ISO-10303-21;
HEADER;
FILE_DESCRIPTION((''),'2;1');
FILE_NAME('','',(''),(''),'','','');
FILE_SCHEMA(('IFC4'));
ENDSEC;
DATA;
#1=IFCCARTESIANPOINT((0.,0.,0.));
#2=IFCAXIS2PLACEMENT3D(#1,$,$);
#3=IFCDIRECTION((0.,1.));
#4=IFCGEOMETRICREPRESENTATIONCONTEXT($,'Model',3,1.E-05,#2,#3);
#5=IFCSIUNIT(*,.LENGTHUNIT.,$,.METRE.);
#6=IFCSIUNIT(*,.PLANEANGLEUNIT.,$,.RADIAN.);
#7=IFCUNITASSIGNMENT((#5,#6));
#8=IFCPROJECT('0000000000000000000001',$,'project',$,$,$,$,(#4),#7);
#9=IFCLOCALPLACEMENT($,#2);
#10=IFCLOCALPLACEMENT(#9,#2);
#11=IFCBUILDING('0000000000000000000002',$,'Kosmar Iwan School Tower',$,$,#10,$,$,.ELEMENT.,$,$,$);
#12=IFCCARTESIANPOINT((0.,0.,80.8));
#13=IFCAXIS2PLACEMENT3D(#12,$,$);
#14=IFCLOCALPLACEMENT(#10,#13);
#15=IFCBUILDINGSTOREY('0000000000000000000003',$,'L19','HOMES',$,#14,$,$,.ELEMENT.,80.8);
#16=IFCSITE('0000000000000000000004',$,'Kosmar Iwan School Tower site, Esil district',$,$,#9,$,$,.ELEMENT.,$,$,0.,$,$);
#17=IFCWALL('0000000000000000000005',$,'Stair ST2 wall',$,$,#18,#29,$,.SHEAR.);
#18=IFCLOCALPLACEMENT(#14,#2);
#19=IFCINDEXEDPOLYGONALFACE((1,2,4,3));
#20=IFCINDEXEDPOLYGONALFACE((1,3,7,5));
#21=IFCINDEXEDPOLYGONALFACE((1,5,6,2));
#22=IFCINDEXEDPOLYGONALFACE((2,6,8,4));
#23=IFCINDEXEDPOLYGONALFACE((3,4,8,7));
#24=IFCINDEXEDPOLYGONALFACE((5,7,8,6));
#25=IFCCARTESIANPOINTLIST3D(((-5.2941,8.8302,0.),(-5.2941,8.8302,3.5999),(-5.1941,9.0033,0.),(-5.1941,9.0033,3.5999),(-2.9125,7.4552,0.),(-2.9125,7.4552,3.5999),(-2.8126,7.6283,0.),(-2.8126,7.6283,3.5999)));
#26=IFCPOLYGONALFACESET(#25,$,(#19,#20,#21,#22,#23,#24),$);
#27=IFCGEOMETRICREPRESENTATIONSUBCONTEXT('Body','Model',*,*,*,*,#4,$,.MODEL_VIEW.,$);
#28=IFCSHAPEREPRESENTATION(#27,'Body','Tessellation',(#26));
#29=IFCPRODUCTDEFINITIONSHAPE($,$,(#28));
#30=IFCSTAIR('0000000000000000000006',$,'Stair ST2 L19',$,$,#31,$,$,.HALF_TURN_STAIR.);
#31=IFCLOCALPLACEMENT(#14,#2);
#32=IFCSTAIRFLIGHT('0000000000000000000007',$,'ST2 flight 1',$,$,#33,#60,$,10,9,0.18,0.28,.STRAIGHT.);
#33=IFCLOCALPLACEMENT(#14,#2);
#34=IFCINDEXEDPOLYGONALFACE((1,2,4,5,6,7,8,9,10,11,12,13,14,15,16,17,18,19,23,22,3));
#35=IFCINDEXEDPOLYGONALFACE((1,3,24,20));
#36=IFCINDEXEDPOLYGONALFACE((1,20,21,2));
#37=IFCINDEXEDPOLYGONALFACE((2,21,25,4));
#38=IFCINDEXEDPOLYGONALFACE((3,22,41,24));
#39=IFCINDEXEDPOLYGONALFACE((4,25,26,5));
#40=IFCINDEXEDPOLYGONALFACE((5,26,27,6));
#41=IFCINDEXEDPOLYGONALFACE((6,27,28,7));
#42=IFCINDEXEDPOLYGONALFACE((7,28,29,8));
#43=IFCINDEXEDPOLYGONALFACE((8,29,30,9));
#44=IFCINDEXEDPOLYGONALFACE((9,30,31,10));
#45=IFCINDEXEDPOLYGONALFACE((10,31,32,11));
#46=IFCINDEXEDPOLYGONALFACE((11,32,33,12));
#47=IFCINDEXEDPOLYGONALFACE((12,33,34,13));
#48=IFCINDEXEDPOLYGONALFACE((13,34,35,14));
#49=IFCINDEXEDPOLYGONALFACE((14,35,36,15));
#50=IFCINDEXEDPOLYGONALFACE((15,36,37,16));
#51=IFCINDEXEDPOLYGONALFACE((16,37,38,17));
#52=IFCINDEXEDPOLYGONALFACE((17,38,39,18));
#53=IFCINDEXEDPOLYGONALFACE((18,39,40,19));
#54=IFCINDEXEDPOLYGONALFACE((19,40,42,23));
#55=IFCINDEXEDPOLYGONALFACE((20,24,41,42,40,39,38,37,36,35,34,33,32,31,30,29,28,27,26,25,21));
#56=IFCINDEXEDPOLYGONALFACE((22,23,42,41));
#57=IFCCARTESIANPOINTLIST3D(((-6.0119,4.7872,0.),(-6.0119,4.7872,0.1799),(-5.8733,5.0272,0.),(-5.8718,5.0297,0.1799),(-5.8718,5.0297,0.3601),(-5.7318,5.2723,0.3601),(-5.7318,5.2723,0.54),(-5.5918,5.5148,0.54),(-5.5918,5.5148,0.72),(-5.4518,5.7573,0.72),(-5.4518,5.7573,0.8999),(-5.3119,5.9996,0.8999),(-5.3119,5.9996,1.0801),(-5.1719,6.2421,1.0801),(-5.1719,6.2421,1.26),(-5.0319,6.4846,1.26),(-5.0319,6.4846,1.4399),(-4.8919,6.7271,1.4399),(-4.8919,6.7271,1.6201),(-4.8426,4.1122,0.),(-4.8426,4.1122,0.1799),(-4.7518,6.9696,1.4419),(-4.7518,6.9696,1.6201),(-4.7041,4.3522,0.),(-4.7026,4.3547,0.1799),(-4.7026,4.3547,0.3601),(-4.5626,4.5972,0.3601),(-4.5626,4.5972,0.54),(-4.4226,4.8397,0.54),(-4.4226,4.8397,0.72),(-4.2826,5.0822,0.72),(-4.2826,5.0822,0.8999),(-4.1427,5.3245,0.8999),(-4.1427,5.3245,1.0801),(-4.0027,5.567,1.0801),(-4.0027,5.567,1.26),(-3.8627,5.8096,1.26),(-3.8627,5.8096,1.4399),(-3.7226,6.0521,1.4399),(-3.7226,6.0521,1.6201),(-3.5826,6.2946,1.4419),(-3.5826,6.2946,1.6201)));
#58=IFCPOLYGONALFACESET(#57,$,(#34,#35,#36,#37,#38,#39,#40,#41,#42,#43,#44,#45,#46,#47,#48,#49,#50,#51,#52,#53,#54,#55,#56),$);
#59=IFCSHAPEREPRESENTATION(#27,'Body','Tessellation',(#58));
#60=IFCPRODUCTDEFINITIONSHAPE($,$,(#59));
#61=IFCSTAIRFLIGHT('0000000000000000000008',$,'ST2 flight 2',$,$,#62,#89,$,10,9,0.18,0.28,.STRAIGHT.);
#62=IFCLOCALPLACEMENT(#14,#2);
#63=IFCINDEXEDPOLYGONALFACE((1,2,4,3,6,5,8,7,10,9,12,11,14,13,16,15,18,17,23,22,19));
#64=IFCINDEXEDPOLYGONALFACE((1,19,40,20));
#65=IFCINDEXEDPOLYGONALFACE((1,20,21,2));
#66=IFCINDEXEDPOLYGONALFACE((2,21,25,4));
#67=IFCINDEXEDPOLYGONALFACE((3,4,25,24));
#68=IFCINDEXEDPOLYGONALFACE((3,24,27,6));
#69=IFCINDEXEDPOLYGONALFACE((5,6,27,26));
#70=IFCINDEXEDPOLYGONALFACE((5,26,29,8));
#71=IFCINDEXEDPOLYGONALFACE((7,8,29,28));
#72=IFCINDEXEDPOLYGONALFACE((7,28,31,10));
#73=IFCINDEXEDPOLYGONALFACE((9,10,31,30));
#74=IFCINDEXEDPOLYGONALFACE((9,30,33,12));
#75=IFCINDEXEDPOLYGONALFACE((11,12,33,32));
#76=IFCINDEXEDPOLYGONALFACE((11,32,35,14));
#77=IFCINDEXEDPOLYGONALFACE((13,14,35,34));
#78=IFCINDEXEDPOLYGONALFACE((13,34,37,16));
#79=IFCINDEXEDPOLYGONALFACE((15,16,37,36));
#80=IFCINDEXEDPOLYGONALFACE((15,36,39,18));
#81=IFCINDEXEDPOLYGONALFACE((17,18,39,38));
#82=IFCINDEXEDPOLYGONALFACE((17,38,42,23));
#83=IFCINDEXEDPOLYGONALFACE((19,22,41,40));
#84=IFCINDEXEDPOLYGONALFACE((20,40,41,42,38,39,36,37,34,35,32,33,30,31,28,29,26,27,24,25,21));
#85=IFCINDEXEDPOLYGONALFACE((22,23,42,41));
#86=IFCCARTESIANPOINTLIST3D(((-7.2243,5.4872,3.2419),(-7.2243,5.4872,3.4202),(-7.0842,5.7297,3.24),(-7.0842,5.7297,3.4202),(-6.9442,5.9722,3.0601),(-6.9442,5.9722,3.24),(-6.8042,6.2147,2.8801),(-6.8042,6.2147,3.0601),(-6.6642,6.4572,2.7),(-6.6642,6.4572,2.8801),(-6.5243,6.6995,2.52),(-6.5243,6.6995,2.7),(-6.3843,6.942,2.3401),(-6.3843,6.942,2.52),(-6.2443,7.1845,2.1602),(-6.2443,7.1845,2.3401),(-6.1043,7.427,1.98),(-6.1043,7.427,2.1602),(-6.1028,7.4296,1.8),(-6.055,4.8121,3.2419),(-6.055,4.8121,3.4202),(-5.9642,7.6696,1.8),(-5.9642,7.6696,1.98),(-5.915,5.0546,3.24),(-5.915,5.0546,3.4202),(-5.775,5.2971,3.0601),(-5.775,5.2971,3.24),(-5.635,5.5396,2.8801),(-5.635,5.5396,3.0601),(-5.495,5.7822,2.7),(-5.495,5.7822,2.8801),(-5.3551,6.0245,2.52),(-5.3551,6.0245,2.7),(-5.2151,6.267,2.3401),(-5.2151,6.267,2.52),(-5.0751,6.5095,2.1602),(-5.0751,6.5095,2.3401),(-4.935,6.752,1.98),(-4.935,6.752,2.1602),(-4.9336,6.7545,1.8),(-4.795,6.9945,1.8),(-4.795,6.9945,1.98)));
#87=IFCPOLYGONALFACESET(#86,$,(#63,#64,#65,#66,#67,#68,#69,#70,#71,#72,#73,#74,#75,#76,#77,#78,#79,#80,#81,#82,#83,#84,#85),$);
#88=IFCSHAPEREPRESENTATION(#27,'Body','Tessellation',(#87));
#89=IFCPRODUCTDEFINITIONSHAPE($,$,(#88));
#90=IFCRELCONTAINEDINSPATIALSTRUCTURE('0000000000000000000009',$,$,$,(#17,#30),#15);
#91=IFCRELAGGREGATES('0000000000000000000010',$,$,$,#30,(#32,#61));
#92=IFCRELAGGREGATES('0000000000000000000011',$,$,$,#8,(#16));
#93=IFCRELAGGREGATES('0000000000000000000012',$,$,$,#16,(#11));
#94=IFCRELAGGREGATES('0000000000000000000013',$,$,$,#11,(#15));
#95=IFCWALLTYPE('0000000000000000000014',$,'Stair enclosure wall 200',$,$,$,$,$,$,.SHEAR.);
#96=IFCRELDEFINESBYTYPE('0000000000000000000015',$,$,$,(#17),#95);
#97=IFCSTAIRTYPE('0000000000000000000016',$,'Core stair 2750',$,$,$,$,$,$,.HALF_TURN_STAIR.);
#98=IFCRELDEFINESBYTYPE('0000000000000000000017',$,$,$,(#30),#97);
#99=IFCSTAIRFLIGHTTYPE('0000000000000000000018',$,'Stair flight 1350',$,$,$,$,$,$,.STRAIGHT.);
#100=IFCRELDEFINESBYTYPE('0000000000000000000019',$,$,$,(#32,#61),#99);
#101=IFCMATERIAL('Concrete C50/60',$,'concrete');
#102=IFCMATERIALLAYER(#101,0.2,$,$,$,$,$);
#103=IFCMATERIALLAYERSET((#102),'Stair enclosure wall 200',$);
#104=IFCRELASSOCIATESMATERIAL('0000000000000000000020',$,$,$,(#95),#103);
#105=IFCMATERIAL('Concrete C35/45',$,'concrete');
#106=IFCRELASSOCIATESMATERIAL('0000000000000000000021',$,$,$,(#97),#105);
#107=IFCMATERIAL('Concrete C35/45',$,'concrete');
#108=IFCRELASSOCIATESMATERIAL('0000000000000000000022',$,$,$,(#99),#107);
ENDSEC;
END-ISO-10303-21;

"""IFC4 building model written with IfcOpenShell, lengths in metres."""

from ifc_helpers import new_model, si_unit, direction, frame, frame_2d, origin, place, context, subcontext, project, spatial, polyline, rectangle, outline, extrude, material, layer, layer_set, type_object, element, aggregate, save


model = new_model("IFC4")

# Units and contexts
model_context = context("Model", 3, precision=1e-05, world=origin(), true_north=direction((0.0, 1.0)))
body_context = subcontext(model_context, "Body", "Model", "MODEL_VIEW")
ifc_project = project(units=[si_unit("LENGTHUNIT", "METRE"), si_unit("PLANEANGLEUNIT", "RADIAN")], contexts=[model_context])

# Site, building, storey
site_placement = place(None, origin())
site = spatial("IfcSite", under=ifc_project, at=site_placement, Name="Kosmar Iwan School Tower site, Esil district", CompositionType="ELEMENT", RefElevation=0.0)
building_placement = place(site_placement, origin())
building = spatial("IfcBuilding", under=site, at=building_placement, Name="Kosmar Iwan School Tower", CompositionType="ELEMENT")
storey_placement = place(building_placement, frame((0.0, 0.0, 80.8)))
storey = spatial("IfcBuildingStorey", under=building, at=storey_placement, Name="L19", Description="HOMES", CompositionType="ELEMENT", Elevation=80.8)

# Wall
ifc_material_1 = material(Name="Concrete C50/60", Category="concrete")
ifc_layer_1 = layer(ifc_material_1, 0.2)
ifc_layer_set_1 = layer_set([ifc_layer_1], Name="Stair enclosure wall 200")
wall_type_1 = type_object("IfcWallType", Name="Stair enclosure wall 200", PredefinedType="SHEAR", material=ifc_layer_set_1)
wall_1_placement = place(storey_placement, frame((-2.8625, 7.5417, 0.0), z_axis=(0.0, 0.0, 1.0), x_axis=(-0.866027, 0.499997, 0.0)))
element("IfcWall", 1, at=wall_1_placement, inside=storey, type_object=wall_type_1, Name="Stair ST2 wall", PredefinedType="SHEAR", context=body_context, shape_type="SweptSolid", body=[
    extrude(rectangle(XDim=2.75, YDim=0.2, at=frame_2d((1.375, 0.0))), origin(), (0.0, 0.0, 1.0), 3.5999),
])

# Stair, stair flights
ifc_material_2 = material(Name="Concrete C35/45", Category="concrete")
stair_type = type_object("IfcStairType", Name="Core stair 2750", PredefinedType="HALF_TURN_STAIR", material=ifc_material_2)
stair_placement = place(storey_placement, origin())
stair = element("IfcStair", 2, at=stair_placement, inside=storey, type_object=stair_type, Name="Stair ST2 L19", PredefinedType="HALF_TURN_STAIR")
ifc_material_3 = material(Name="Concrete C35/45", Category="concrete")
stair_flight_type = type_object("IfcStairFlightType", Name="Stair flight 1350", PredefinedType="STRAIGHT", material=ifc_material_3)
stair_flight_1_placement = place(storey_placement, frame((-5.4272, 4.4497, 0.0), z_axis=(0.0, 0.0, 1.0), x_axis=(0.5, 0.866025, 0.0)))
stair_flight_1 = element("IfcStairFlight", 3, at=stair_flight_1_placement, type_object=stair_flight_type, Name="ST2 flight 1", NumberOfRisers=10, NumberOfTreads=9, PredefinedType="STRAIGHT", RiserHeight=0.18, TreadLength=0.28, context=body_context, shape_type="SweptSolid", body=[
    extrude(outline(polyline([(0.0, 0.0), (0.0, 0.1799), (0.28, 0.1799), (0.28, 0.3601), (0.5601, 0.3601), (0.5601, 0.54), (0.8401, 0.54), (0.8401, 0.72), (1.1201, 0.72), (1.1201, 0.8999), (1.3999, 0.8999), (1.3999, 1.0801), (1.6799, 1.0801), (1.6799, 1.26), (1.96, 1.26), (1.96, 1.4399), (2.24, 1.4399), (2.24, 1.6201), (2.52, 1.6201), (2.52, 1.8), (2.52, 1.4419), (0.2771, 0.0), (0.0, 0.0)])), frame((0.0, 0.675, 0.0), z_axis=(0.0, -1.0, 0.0), x_axis=(1.0, 0.0, 0.0)), (0.0, 0.0, 1.0), 1.3501),
])
stair_flight_2_placement = place(storey_placement, frame((-5.3796, 7.332, 1.8), z_axis=(0.0, 0.0, 1.0), x_axis=(-0.5, -0.866025, 0.0)))
stair_flight_2 = element("IfcStairFlight", 4, at=stair_flight_2_placement, type_object=stair_flight_type, Name="ST2 flight 2", NumberOfRisers=10, NumberOfTreads=9, PredefinedType="STRAIGHT", RiserHeight=0.18, TreadLength=0.28, context=body_context, shape_type="SweptSolid", body=[
    extrude(outline(polyline([(0.0, 0.0), (0.0, 0.1799), (0.28, 0.1799), (0.28, 0.3601), (0.5601, 0.3601), (0.5601, 0.54), (0.8401, 0.54), (0.8401, 0.72), (1.1201, 0.72), (1.1201, 0.8999), (1.3999, 0.8999), (1.3999, 1.0801), (1.6799, 1.0801), (1.6799, 1.26), (1.96, 1.26), (1.96, 1.4399), (2.24, 1.4399), (2.24, 1.6201), (2.52, 1.6201), (2.52, 1.8), (2.52, 1.4419), (0.2771, 0.0), (0.0, 0.0)])), frame((0.0, 0.675, 0.0), z_axis=(0.0, -1.0, 0.0), x_axis=(1.0, 0.0, 0.0)), (0.0, 0.0, 1.0), 1.3501),
])
aggregate(stair, [stair_flight_1, stair_flight_2])

save(model, "model.ifc")
